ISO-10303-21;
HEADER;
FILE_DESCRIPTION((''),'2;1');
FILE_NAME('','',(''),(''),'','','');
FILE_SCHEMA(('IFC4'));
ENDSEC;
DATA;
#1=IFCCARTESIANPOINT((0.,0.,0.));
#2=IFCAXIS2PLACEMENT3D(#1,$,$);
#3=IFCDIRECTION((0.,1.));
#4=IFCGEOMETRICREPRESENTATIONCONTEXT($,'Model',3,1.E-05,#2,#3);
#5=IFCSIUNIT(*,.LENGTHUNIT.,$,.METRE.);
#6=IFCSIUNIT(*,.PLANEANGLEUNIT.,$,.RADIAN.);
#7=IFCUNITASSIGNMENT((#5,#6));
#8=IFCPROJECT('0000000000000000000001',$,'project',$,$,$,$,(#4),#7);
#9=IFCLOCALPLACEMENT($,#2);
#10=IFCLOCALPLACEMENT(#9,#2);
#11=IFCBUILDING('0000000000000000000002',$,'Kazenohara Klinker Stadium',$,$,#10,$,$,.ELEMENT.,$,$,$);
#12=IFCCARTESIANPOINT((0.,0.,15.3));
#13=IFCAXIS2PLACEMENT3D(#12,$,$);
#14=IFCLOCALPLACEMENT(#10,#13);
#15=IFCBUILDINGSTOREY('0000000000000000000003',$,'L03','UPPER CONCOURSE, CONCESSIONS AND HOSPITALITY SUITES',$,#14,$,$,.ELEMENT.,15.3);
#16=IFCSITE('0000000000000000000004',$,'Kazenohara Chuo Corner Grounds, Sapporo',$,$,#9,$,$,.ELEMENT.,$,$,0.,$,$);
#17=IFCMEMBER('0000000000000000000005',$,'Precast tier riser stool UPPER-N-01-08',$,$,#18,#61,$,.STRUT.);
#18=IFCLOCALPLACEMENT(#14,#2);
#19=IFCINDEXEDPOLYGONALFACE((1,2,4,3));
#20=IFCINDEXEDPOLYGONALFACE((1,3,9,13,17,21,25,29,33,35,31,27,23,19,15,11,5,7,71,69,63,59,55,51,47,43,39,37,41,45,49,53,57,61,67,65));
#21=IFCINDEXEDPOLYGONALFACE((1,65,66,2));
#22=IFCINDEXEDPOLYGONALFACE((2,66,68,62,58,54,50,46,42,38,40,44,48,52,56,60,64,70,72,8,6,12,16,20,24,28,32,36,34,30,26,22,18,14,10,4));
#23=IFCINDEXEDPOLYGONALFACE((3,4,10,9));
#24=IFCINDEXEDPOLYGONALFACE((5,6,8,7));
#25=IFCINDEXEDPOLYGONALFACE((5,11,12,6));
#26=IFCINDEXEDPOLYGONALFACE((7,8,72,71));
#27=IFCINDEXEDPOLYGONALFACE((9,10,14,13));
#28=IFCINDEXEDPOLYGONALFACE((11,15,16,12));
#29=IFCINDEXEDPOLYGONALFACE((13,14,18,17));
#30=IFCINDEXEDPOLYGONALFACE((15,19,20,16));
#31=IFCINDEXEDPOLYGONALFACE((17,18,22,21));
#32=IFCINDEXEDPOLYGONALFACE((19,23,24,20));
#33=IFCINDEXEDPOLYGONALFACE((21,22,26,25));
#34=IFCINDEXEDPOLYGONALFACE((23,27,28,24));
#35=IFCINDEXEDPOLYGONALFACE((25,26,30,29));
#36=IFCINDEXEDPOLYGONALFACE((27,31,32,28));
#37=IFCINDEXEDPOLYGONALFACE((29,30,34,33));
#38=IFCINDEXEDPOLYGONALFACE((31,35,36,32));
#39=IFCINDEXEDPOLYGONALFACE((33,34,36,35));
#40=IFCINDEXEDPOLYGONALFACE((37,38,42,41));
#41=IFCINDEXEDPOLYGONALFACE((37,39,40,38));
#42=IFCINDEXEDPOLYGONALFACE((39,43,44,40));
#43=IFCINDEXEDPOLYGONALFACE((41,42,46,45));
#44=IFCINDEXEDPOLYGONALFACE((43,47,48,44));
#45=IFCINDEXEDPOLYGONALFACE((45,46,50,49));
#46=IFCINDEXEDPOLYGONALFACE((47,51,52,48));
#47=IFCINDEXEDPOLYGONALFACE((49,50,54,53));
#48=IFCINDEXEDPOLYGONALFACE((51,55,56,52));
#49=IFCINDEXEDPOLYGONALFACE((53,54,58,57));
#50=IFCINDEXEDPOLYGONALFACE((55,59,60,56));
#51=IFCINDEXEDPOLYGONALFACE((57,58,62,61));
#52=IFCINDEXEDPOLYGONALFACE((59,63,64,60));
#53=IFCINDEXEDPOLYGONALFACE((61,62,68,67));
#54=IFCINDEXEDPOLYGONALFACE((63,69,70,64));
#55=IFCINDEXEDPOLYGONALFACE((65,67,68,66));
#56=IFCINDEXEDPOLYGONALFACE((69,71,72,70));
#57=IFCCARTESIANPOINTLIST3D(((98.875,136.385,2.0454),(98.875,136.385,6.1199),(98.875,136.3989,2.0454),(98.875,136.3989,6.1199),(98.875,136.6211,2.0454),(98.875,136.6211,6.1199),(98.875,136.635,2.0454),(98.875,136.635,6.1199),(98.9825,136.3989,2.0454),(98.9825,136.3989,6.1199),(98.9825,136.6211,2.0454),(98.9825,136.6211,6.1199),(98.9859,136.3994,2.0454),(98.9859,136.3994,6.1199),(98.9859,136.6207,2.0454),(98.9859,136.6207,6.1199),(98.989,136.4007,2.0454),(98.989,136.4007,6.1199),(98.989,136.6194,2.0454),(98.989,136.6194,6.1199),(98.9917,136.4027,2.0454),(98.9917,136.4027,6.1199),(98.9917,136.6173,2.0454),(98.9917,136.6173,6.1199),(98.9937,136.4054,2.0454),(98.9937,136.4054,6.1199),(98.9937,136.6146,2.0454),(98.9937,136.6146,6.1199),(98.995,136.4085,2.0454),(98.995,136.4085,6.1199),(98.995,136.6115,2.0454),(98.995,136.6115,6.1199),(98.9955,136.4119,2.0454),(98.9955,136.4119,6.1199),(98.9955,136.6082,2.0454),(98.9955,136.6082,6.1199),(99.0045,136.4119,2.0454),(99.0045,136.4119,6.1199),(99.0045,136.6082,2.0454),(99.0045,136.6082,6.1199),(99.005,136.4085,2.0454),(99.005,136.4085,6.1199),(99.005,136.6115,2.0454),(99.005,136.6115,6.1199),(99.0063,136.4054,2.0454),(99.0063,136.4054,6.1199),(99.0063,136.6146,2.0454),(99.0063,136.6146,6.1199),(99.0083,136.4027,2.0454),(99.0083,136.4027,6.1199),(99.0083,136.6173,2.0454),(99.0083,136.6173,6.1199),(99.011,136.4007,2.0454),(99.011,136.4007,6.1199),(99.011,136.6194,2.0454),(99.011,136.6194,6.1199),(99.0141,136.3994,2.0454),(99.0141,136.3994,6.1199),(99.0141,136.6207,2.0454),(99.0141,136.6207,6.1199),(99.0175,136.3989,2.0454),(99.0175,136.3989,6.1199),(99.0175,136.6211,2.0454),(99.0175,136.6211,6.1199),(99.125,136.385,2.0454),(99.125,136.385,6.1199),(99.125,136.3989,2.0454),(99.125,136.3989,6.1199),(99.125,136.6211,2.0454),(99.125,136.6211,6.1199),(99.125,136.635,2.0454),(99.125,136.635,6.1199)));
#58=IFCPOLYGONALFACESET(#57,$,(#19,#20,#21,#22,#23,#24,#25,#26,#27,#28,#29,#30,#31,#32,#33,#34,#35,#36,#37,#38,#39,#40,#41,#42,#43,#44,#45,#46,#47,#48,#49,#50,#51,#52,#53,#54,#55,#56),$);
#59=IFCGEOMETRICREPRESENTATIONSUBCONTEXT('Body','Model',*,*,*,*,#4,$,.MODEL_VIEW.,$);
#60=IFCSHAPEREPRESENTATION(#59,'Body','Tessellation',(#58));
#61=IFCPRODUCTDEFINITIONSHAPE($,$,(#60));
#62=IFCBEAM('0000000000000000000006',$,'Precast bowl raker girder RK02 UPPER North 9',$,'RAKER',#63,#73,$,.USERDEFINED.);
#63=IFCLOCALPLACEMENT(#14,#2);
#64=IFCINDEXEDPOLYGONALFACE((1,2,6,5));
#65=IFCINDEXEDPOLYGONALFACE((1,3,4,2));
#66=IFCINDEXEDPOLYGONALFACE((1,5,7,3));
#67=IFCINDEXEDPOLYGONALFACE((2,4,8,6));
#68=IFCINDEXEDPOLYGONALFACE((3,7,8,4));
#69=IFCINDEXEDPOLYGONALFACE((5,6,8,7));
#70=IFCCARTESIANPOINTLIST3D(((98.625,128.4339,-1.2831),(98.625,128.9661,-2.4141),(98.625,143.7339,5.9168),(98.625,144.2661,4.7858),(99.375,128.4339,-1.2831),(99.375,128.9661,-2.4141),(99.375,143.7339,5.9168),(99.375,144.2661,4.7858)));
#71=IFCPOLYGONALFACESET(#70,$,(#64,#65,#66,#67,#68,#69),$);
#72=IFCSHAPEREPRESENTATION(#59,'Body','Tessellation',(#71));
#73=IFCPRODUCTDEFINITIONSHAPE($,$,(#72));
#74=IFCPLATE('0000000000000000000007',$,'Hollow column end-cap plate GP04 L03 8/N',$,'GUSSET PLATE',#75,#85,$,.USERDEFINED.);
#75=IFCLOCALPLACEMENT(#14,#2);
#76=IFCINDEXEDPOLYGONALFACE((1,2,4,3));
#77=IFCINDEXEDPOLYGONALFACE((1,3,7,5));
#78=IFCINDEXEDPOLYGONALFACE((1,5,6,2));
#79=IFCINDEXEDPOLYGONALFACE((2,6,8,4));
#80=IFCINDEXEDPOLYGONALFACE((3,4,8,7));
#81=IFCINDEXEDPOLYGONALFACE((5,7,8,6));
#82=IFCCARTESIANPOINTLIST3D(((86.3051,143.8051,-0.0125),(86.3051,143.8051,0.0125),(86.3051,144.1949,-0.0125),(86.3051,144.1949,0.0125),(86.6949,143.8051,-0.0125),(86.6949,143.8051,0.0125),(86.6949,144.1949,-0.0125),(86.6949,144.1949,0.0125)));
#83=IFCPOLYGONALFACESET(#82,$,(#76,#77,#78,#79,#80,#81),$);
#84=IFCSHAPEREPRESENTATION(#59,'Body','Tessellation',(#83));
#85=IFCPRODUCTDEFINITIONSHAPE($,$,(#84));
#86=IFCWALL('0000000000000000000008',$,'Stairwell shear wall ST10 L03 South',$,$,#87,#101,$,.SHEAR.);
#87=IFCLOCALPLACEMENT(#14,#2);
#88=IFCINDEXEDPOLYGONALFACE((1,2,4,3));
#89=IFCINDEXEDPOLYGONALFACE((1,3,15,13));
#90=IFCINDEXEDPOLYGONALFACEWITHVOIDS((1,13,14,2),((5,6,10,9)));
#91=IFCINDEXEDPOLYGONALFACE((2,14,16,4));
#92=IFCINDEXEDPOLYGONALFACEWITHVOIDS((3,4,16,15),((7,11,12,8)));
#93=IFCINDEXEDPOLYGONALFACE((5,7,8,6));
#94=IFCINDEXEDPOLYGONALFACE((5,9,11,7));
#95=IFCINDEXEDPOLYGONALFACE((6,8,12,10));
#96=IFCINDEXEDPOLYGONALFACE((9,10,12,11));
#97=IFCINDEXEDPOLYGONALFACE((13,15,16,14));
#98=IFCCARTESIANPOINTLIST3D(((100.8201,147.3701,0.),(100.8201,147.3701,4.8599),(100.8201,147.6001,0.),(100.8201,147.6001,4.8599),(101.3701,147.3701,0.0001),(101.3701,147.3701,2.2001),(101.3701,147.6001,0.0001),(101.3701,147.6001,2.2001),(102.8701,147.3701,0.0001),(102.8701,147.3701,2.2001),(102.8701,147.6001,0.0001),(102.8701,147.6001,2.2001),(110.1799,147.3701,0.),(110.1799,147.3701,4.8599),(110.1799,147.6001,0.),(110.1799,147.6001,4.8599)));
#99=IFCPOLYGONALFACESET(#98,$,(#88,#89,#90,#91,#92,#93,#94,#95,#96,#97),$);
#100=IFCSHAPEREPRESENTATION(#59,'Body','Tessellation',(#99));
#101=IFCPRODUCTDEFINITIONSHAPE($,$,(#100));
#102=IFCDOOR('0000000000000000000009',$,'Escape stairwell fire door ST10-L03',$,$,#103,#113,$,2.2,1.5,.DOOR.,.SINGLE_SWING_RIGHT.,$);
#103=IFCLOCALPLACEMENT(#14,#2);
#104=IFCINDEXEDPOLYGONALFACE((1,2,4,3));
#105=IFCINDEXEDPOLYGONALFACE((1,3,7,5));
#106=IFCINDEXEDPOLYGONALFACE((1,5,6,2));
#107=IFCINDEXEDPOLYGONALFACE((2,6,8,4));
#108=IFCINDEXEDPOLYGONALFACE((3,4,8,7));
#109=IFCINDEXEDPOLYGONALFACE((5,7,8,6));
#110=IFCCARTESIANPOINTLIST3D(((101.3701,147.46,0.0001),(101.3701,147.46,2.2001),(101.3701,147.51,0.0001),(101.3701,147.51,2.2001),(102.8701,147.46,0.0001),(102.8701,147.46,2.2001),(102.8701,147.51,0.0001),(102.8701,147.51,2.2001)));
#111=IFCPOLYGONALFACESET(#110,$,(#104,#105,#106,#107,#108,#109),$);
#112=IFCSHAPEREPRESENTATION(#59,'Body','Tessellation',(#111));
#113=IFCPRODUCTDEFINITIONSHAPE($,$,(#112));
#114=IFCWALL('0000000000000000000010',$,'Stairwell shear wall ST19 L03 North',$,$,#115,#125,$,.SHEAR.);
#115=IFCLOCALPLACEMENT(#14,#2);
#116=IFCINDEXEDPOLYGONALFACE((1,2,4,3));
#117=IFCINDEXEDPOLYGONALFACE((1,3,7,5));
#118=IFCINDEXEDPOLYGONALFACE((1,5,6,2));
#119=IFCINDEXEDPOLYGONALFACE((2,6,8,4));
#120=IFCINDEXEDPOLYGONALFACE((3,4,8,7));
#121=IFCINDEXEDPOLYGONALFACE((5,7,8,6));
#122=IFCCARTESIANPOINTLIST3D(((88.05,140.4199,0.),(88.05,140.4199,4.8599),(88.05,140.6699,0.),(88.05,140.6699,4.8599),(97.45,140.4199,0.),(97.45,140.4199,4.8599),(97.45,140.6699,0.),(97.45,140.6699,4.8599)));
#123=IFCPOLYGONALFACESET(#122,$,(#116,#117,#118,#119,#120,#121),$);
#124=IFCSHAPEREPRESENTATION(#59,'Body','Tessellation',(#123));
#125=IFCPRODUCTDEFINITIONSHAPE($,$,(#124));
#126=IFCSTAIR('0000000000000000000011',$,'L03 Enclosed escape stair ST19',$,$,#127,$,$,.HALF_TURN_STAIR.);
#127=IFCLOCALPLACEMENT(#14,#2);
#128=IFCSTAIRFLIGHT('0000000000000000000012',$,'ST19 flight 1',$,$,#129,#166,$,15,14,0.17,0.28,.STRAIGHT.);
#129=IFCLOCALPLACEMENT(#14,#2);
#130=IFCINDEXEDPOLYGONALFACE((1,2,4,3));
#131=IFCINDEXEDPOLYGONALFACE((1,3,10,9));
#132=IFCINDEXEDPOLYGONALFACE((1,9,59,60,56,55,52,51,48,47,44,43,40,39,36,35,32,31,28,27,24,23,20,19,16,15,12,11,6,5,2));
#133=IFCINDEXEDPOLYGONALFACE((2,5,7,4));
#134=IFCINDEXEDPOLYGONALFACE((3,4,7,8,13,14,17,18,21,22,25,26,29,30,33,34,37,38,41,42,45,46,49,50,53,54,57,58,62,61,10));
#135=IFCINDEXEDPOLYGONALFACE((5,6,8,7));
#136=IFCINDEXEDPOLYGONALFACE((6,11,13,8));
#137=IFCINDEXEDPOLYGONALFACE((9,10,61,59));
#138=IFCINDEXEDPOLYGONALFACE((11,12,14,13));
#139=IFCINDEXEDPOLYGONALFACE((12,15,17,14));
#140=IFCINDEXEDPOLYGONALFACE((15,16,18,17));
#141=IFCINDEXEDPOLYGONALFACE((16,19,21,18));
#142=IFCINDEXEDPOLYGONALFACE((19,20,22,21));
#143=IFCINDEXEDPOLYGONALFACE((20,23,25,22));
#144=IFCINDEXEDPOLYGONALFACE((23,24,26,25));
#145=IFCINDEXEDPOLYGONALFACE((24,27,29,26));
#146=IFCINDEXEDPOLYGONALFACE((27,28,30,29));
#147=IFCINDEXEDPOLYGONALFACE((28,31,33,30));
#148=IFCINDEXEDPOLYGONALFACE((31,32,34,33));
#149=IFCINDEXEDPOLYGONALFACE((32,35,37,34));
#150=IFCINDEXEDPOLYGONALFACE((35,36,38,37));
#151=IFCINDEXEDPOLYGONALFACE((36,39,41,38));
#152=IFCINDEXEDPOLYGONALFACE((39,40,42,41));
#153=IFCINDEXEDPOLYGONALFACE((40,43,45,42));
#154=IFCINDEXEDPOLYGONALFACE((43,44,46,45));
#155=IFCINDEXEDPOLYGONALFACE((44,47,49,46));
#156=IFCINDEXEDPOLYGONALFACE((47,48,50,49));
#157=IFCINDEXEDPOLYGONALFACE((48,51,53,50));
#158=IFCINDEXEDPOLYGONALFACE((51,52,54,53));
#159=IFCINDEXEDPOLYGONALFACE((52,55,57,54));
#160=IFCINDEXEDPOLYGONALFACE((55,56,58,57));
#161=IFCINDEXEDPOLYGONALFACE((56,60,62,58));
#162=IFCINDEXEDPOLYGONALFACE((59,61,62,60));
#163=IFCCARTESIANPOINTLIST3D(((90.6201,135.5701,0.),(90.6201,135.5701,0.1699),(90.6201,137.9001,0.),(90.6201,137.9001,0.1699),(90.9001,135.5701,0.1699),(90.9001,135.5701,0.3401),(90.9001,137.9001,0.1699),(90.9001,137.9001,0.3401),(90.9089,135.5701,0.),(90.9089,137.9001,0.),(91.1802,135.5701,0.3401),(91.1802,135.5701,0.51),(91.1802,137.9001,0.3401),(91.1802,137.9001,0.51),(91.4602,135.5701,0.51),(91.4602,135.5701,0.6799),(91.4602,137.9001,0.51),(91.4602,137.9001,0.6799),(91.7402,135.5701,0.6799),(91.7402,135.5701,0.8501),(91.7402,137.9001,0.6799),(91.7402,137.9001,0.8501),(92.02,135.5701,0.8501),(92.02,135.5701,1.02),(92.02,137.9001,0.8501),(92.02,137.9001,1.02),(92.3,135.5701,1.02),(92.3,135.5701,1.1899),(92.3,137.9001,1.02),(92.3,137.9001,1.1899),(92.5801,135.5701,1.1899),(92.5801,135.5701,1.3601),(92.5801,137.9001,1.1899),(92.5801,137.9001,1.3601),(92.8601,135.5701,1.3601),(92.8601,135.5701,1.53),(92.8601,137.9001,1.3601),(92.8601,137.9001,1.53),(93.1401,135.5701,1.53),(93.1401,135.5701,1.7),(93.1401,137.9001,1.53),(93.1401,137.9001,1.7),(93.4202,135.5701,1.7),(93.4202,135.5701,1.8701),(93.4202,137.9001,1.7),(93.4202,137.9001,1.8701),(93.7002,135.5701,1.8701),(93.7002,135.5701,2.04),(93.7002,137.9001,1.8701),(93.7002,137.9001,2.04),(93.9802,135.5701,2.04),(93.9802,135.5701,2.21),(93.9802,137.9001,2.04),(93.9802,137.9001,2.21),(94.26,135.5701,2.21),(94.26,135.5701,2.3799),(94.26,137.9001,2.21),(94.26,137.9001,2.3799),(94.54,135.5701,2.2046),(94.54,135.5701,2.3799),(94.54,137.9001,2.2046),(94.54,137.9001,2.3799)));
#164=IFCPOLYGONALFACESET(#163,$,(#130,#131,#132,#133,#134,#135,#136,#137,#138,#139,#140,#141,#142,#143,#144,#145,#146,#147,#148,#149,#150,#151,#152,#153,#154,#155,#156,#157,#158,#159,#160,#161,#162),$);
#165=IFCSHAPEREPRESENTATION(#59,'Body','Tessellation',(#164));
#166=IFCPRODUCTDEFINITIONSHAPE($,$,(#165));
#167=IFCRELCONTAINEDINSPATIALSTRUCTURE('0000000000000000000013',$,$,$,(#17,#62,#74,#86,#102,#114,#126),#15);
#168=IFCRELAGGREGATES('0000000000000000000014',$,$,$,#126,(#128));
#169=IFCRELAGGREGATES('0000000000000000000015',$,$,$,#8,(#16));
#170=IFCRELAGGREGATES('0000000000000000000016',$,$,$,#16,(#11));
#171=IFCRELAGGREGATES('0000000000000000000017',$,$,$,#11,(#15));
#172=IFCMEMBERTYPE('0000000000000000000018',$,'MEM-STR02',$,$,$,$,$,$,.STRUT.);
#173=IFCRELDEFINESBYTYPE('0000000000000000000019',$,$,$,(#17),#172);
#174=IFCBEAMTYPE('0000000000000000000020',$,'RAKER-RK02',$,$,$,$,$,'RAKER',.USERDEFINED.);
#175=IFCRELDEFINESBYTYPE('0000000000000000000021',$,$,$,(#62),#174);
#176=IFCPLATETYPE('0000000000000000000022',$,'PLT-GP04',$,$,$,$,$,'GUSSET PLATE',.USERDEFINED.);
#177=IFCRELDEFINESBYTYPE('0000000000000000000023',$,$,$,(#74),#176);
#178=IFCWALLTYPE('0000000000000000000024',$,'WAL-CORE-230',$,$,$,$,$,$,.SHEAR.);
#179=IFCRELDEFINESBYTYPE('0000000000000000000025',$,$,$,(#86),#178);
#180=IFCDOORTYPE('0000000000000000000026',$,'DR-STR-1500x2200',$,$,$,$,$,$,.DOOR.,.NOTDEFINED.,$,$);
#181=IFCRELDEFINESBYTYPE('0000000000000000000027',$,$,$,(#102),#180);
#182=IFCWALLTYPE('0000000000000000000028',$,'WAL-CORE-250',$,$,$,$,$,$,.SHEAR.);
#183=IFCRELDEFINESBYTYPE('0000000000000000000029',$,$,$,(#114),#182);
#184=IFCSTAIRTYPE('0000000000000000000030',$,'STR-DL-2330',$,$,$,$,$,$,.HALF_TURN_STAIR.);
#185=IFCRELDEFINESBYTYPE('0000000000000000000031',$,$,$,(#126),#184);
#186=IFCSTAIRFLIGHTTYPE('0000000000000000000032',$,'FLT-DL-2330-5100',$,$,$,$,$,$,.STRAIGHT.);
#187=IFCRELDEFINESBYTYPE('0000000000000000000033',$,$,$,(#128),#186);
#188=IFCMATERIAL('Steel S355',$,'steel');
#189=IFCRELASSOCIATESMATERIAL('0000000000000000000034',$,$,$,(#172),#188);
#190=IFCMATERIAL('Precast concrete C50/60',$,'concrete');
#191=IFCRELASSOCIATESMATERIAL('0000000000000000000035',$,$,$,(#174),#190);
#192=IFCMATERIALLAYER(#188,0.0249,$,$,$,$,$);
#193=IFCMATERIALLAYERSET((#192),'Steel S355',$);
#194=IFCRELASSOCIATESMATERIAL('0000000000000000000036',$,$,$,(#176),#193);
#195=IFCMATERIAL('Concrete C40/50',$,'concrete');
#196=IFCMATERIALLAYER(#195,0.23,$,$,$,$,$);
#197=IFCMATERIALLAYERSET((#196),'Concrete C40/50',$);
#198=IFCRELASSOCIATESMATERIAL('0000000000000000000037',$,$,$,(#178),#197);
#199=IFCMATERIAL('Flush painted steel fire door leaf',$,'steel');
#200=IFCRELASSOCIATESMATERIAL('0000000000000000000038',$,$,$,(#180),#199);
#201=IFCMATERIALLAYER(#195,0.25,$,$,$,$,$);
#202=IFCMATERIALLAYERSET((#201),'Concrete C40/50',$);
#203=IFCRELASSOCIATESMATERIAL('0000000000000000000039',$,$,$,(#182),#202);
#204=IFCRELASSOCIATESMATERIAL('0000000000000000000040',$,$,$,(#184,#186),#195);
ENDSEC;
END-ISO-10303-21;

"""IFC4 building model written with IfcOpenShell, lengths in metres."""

from ifc_helpers import new_model, si_unit, direction, frame, frame_2d, origin, origin_2d, place, context, subcontext, project, spatial, polyline, rectangle, i_section, outline, extrude, material, layer, layer_set, material_profile, profile_set, type_object, element, fill, aggregate, save


model = new_model("IFC4")

# Units and contexts
model_context = context("Model", 3, precision=1e-05, world=origin(), true_north=direction((0.0, 1.0)))
body_context = subcontext(model_context, "Body", "Model", "MODEL_VIEW")
ifc_project = project(units=[si_unit("LENGTHUNIT", "METRE"), si_unit("PLANEANGLEUNIT", "RADIAN")], contexts=[model_context])

# Site, building, storey
site_placement = place(None, origin())
site = spatial("IfcSite", under=ifc_project, at=site_placement, Name="Kazenohara Chuo Corner Grounds, Sapporo", CompositionType="ELEMENT", RefElevation=0.0)
building_placement = place(site_placement, origin())
building = spatial("IfcBuilding", under=site, at=building_placement, Name="Kazenohara Klinker Stadium", CompositionType="ELEMENT")
storey_placement = place(building_placement, frame((0.0, 0.0, 15.3)))
storey = spatial("IfcBuildingStorey", under=building, at=storey_placement, Name="L03", Description="UPPER CONCOURSE, CONCESSIONS AND HOSPITALITY SUITES", CompositionType="ELEMENT", Elevation=15.3)

# Shared definitions
ifc_material_1 = material(Name="Concrete C40/50", Category="concrete")

# Shared definitions
ifc_material_2 = material(Name="Steel S355", Category="steel")

# Member
ifc_material_profile_1 = material_profile(ifc_material_2, i_section(OverallWidth=0.25, OverallDepth=0.25, WebThickness=0.009, FlangeThickness=0.0139, FilletRadius=0.0129, at=origin_2d()), Name="H-250x250x9x14")
ifc_profile_set_1 = profile_set([ifc_material_profile_1], Name="Steel S355")
member_type = type_object("IfcMemberType", Name="MEM-STR02", PredefinedType="STRUT", material=ifc_profile_set_1)
member_placement = place(storey_placement, frame((99.0, 136.51, 2.0454), z_axis=(0.0, 0.0, 1.0), x_axis=(1.0, 0.0, 0.0)))
element("IfcMember", 1, at=member_placement, inside=storey, type_object=member_type, Name="Precast tier riser stool UPPER-N-01-08", PredefinedType="STRUT", context=body_context, shape_type="SweptSolid", body=[
    extrude(i_section(OverallWidth=0.25, OverallDepth=0.25, WebThickness=0.009, FlangeThickness=0.0139, FilletRadius=0.0129, at=origin_2d()), origin(), (0.0, 0.0, 1.0), 4.0745),
])

# Beam
ifc_material_3 = material(Name="Precast concrete C50/60", Category="concrete")
ifc_material_profile_2 = material_profile(ifc_material_3, rectangle(XDim=0.75, YDim=1.25, at=origin_2d()), Name="PC-RAKER-750x1250")
ifc_profile_set_2 = profile_set([ifc_material_profile_2], Name="Precast concrete C50/60")
beam_type_1 = type_object("IfcBeamType", Name="RAKER-RK02", ElementType="RAKER", PredefinedType="USERDEFINED", material=ifc_profile_set_2)
beam_1_placement = place(storey_placement, frame((99.0, 144.0, 5.3513), z_axis=(0.0, -0.90482, -0.425794), x_axis=(1.0, 0.0, 0.0)))
element("IfcBeam", 2, at=beam_1_placement, inside=storey, type_object=beam_type_1, Name="Precast bowl raker girder RK02 UPPER North 9", ObjectType="RAKER", PredefinedType="USERDEFINED", context=body_context, shape_type="SweptSolid", body=[
    extrude(rectangle(XDim=0.75, YDim=1.25, at=origin_2d()), origin(), (0.0, 0.0, 1.0), 16.9094),
])

# Plate
ifc_layer_1 = layer(ifc_material_2, 0.0249)
ifc_layer_set_1 = layer_set([ifc_layer_1], Name="Steel S355")
plate_type = type_object("IfcPlateType", Name="PLT-GP04", ElementType="GUSSET PLATE", PredefinedType="USERDEFINED", material=ifc_layer_set_1)
plate_placement = place(storey_placement, frame((86.5, 144.0, -0.0125), z_axis=(0.0, 0.0, 1.0), x_axis=(1.0, 0.0, 0.0)))
element("IfcPlate", 3, at=plate_placement, inside=storey, type_object=plate_type, Name="Hollow column end-cap plate GP04 L03 8/N", ObjectType="GUSSET PLATE", PredefinedType="USERDEFINED", context=body_context, shape_type="SweptSolid", body=[
    extrude(rectangle(XDim=0.3899, YDim=0.3899, at=origin_2d()), origin(), (0.0, 0.0, 1.0), 0.0249),
])

# Wall, opening, door
ifc_layer_2 = layer(ifc_material_1, 0.23)
ifc_layer_set_2 = layer_set([ifc_layer_2], Name="Concrete C40/50")
wall_type_1 = type_object("IfcWallType", Name="WAL-CORE-230", PredefinedType="SHEAR", material=ifc_layer_set_2)
wall_1_placement = place(storey_placement, frame((100.8201, 147.4851, 0.0), z_axis=(0.0, 0.0, 1.0), x_axis=(1.0, 0.0, 0.0)))
wall_1 = element("IfcWall", 4, at=wall_1_placement, inside=storey, type_object=wall_type_1, Name="Stairwell shear wall ST10 L03 South", PredefinedType="SHEAR", context=body_context, shape_type="SweptSolid", body=[
    extrude(rectangle(XDim=9.3599, YDim=0.23, at=frame_2d((4.6799, 0.0))), origin(), (0.0, 0.0, 1.0), 4.8599),
])
opening_placement = place(wall_1_placement, frame((0.55, 0.0, 0.0)))
opening = element("IfcOpeningElement", 5, at=opening_placement, cuts=wall_1, PredefinedType="OPENING", context=body_context, shape_type="SweptSolid", body=[
    extrude(rectangle(XDim=1.5, YDim=2.2, at=frame_2d((0.75, 1.1001))), frame((0.0, 0.125, 0.0), z_axis=(0.0, -1.0, 0.0), x_axis=(1.0, 0.0, 0.0)), (0.0, 0.0, 1.0), 0.25),
])
ifc_material_4 = material(Name="Flush painted steel fire door leaf", Category="steel")
door_type = type_object("IfcDoorType", Name="DR-STR-1500x2200", OperationType="NOTDEFINED", PredefinedType="DOOR", material=ifc_material_4)
door_placement = place(opening_placement, origin())
door = element("IfcDoor", 6, at=door_placement, inside=storey, type_object=door_type, Name="Escape stairwell fire door ST10-L03", OperationType="SINGLE_SWING_RIGHT", OverallHeight=2.2, OverallWidth=1.5, PredefinedType="DOOR", context=body_context, shape_type="SweptSolid", body=[
    extrude(rectangle(XDim=1.5, YDim=2.2, at=frame_2d((0.75, 1.1001))), frame((0.0, 0.0249, 0.0), z_axis=(0.0, -1.0, 0.0), x_axis=(1.0, 0.0, 0.0)), (0.0, 0.0, 1.0), 0.05),
])
fill(opening, door)

# Wall
ifc_layer_3 = layer(ifc_material_1, 0.25)
ifc_layer_set_3 = layer_set([ifc_layer_3], Name="Concrete C40/50")
wall_type_2 = type_object("IfcWallType", Name="WAL-CORE-250", PredefinedType="SHEAR", material=ifc_layer_set_3)
wall_2_placement = place(storey_placement, frame((88.05, 140.5449, 0.0), z_axis=(0.0, 0.0, 1.0), x_axis=(1.0, 0.0, 0.0)))
element("IfcWall", 7, at=wall_2_placement, inside=storey, type_object=wall_type_2, Name="Stairwell shear wall ST19 L03 North", PredefinedType="SHEAR", context=body_context, shape_type="SweptSolid", body=[
    extrude(rectangle(XDim=9.3999, YDim=0.25, at=frame_2d((4.7, 0.0))), origin(), (0.0, 0.0, 1.0), 4.8599),
])

# Stair, stair flight
stair_type = type_object("IfcStairType", Name="STR-DL-2330", PredefinedType="HALF_TURN_STAIR", material=ifc_material_1)
stair_placement = place(storey_placement, origin())
stair = element("IfcStair", 8, at=stair_placement, inside=storey, type_object=stair_type, Name="L03 Enclosed escape stair ST19", PredefinedType="HALF_TURN_STAIR")
stair_flight_type = type_object("IfcStairFlightType", Name="FLT-DL-2330-5100", PredefinedType="STRAIGHT", material=ifc_material_1)
stair_flight_1_placement = place(storey_placement, frame((90.6201, 136.7351, 0.0), z_axis=(0.0, 0.0, 1.0), x_axis=(1.0, 0.0, 0.0)))
stair_flight_1 = element("IfcStairFlight", 9, at=stair_flight_1_placement, type_object=stair_flight_type, Name="ST19 flight 1", NumberOfRisers=15, NumberOfTreads=14, PredefinedType="STRAIGHT", RiserHeight=0.17, TreadLength=0.28, context=body_context, shape_type="SweptSolid", body=[
    extrude(outline(polyline([(0.0, 0.0), (0.0, 0.1699), (0.28, 0.1699), (0.28, 0.3401), (0.5601, 0.3401), (0.5601, 0.51), (0.8401, 0.51), (0.8401, 0.6799), (1.1201, 0.6799), (1.1201, 0.8501), (1.3999, 0.8501), (1.3999, 1.02), (1.6799, 1.02), (1.6799, 1.1899), (1.96, 1.1899), (1.96, 1.3601), (2.24, 1.3601), (2.24, 1.53), (2.52, 1.53), (2.52, 1.7), (2.8, 1.7), (2.8, 1.8701), (3.0801, 1.8701), (3.0801, 2.04), (3.3601, 2.04), (3.3601, 2.21), (3.6399, 2.21), (3.6399, 2.3799), (3.9199, 2.3799), (3.9199, 2.55), (3.9199, 2.2046), (0.2888, 0.0), (0.0, 0.0)])), frame((0.0, 1.165, 0.0), z_axis=(0.0, -1.0, 0.0), x_axis=(1.0, 0.0, 0.0)), (0.0, 0.0, 1.0), 2.3301),
])
aggregate(stair, [stair_flight_1])

save(model, "model.ifc")
